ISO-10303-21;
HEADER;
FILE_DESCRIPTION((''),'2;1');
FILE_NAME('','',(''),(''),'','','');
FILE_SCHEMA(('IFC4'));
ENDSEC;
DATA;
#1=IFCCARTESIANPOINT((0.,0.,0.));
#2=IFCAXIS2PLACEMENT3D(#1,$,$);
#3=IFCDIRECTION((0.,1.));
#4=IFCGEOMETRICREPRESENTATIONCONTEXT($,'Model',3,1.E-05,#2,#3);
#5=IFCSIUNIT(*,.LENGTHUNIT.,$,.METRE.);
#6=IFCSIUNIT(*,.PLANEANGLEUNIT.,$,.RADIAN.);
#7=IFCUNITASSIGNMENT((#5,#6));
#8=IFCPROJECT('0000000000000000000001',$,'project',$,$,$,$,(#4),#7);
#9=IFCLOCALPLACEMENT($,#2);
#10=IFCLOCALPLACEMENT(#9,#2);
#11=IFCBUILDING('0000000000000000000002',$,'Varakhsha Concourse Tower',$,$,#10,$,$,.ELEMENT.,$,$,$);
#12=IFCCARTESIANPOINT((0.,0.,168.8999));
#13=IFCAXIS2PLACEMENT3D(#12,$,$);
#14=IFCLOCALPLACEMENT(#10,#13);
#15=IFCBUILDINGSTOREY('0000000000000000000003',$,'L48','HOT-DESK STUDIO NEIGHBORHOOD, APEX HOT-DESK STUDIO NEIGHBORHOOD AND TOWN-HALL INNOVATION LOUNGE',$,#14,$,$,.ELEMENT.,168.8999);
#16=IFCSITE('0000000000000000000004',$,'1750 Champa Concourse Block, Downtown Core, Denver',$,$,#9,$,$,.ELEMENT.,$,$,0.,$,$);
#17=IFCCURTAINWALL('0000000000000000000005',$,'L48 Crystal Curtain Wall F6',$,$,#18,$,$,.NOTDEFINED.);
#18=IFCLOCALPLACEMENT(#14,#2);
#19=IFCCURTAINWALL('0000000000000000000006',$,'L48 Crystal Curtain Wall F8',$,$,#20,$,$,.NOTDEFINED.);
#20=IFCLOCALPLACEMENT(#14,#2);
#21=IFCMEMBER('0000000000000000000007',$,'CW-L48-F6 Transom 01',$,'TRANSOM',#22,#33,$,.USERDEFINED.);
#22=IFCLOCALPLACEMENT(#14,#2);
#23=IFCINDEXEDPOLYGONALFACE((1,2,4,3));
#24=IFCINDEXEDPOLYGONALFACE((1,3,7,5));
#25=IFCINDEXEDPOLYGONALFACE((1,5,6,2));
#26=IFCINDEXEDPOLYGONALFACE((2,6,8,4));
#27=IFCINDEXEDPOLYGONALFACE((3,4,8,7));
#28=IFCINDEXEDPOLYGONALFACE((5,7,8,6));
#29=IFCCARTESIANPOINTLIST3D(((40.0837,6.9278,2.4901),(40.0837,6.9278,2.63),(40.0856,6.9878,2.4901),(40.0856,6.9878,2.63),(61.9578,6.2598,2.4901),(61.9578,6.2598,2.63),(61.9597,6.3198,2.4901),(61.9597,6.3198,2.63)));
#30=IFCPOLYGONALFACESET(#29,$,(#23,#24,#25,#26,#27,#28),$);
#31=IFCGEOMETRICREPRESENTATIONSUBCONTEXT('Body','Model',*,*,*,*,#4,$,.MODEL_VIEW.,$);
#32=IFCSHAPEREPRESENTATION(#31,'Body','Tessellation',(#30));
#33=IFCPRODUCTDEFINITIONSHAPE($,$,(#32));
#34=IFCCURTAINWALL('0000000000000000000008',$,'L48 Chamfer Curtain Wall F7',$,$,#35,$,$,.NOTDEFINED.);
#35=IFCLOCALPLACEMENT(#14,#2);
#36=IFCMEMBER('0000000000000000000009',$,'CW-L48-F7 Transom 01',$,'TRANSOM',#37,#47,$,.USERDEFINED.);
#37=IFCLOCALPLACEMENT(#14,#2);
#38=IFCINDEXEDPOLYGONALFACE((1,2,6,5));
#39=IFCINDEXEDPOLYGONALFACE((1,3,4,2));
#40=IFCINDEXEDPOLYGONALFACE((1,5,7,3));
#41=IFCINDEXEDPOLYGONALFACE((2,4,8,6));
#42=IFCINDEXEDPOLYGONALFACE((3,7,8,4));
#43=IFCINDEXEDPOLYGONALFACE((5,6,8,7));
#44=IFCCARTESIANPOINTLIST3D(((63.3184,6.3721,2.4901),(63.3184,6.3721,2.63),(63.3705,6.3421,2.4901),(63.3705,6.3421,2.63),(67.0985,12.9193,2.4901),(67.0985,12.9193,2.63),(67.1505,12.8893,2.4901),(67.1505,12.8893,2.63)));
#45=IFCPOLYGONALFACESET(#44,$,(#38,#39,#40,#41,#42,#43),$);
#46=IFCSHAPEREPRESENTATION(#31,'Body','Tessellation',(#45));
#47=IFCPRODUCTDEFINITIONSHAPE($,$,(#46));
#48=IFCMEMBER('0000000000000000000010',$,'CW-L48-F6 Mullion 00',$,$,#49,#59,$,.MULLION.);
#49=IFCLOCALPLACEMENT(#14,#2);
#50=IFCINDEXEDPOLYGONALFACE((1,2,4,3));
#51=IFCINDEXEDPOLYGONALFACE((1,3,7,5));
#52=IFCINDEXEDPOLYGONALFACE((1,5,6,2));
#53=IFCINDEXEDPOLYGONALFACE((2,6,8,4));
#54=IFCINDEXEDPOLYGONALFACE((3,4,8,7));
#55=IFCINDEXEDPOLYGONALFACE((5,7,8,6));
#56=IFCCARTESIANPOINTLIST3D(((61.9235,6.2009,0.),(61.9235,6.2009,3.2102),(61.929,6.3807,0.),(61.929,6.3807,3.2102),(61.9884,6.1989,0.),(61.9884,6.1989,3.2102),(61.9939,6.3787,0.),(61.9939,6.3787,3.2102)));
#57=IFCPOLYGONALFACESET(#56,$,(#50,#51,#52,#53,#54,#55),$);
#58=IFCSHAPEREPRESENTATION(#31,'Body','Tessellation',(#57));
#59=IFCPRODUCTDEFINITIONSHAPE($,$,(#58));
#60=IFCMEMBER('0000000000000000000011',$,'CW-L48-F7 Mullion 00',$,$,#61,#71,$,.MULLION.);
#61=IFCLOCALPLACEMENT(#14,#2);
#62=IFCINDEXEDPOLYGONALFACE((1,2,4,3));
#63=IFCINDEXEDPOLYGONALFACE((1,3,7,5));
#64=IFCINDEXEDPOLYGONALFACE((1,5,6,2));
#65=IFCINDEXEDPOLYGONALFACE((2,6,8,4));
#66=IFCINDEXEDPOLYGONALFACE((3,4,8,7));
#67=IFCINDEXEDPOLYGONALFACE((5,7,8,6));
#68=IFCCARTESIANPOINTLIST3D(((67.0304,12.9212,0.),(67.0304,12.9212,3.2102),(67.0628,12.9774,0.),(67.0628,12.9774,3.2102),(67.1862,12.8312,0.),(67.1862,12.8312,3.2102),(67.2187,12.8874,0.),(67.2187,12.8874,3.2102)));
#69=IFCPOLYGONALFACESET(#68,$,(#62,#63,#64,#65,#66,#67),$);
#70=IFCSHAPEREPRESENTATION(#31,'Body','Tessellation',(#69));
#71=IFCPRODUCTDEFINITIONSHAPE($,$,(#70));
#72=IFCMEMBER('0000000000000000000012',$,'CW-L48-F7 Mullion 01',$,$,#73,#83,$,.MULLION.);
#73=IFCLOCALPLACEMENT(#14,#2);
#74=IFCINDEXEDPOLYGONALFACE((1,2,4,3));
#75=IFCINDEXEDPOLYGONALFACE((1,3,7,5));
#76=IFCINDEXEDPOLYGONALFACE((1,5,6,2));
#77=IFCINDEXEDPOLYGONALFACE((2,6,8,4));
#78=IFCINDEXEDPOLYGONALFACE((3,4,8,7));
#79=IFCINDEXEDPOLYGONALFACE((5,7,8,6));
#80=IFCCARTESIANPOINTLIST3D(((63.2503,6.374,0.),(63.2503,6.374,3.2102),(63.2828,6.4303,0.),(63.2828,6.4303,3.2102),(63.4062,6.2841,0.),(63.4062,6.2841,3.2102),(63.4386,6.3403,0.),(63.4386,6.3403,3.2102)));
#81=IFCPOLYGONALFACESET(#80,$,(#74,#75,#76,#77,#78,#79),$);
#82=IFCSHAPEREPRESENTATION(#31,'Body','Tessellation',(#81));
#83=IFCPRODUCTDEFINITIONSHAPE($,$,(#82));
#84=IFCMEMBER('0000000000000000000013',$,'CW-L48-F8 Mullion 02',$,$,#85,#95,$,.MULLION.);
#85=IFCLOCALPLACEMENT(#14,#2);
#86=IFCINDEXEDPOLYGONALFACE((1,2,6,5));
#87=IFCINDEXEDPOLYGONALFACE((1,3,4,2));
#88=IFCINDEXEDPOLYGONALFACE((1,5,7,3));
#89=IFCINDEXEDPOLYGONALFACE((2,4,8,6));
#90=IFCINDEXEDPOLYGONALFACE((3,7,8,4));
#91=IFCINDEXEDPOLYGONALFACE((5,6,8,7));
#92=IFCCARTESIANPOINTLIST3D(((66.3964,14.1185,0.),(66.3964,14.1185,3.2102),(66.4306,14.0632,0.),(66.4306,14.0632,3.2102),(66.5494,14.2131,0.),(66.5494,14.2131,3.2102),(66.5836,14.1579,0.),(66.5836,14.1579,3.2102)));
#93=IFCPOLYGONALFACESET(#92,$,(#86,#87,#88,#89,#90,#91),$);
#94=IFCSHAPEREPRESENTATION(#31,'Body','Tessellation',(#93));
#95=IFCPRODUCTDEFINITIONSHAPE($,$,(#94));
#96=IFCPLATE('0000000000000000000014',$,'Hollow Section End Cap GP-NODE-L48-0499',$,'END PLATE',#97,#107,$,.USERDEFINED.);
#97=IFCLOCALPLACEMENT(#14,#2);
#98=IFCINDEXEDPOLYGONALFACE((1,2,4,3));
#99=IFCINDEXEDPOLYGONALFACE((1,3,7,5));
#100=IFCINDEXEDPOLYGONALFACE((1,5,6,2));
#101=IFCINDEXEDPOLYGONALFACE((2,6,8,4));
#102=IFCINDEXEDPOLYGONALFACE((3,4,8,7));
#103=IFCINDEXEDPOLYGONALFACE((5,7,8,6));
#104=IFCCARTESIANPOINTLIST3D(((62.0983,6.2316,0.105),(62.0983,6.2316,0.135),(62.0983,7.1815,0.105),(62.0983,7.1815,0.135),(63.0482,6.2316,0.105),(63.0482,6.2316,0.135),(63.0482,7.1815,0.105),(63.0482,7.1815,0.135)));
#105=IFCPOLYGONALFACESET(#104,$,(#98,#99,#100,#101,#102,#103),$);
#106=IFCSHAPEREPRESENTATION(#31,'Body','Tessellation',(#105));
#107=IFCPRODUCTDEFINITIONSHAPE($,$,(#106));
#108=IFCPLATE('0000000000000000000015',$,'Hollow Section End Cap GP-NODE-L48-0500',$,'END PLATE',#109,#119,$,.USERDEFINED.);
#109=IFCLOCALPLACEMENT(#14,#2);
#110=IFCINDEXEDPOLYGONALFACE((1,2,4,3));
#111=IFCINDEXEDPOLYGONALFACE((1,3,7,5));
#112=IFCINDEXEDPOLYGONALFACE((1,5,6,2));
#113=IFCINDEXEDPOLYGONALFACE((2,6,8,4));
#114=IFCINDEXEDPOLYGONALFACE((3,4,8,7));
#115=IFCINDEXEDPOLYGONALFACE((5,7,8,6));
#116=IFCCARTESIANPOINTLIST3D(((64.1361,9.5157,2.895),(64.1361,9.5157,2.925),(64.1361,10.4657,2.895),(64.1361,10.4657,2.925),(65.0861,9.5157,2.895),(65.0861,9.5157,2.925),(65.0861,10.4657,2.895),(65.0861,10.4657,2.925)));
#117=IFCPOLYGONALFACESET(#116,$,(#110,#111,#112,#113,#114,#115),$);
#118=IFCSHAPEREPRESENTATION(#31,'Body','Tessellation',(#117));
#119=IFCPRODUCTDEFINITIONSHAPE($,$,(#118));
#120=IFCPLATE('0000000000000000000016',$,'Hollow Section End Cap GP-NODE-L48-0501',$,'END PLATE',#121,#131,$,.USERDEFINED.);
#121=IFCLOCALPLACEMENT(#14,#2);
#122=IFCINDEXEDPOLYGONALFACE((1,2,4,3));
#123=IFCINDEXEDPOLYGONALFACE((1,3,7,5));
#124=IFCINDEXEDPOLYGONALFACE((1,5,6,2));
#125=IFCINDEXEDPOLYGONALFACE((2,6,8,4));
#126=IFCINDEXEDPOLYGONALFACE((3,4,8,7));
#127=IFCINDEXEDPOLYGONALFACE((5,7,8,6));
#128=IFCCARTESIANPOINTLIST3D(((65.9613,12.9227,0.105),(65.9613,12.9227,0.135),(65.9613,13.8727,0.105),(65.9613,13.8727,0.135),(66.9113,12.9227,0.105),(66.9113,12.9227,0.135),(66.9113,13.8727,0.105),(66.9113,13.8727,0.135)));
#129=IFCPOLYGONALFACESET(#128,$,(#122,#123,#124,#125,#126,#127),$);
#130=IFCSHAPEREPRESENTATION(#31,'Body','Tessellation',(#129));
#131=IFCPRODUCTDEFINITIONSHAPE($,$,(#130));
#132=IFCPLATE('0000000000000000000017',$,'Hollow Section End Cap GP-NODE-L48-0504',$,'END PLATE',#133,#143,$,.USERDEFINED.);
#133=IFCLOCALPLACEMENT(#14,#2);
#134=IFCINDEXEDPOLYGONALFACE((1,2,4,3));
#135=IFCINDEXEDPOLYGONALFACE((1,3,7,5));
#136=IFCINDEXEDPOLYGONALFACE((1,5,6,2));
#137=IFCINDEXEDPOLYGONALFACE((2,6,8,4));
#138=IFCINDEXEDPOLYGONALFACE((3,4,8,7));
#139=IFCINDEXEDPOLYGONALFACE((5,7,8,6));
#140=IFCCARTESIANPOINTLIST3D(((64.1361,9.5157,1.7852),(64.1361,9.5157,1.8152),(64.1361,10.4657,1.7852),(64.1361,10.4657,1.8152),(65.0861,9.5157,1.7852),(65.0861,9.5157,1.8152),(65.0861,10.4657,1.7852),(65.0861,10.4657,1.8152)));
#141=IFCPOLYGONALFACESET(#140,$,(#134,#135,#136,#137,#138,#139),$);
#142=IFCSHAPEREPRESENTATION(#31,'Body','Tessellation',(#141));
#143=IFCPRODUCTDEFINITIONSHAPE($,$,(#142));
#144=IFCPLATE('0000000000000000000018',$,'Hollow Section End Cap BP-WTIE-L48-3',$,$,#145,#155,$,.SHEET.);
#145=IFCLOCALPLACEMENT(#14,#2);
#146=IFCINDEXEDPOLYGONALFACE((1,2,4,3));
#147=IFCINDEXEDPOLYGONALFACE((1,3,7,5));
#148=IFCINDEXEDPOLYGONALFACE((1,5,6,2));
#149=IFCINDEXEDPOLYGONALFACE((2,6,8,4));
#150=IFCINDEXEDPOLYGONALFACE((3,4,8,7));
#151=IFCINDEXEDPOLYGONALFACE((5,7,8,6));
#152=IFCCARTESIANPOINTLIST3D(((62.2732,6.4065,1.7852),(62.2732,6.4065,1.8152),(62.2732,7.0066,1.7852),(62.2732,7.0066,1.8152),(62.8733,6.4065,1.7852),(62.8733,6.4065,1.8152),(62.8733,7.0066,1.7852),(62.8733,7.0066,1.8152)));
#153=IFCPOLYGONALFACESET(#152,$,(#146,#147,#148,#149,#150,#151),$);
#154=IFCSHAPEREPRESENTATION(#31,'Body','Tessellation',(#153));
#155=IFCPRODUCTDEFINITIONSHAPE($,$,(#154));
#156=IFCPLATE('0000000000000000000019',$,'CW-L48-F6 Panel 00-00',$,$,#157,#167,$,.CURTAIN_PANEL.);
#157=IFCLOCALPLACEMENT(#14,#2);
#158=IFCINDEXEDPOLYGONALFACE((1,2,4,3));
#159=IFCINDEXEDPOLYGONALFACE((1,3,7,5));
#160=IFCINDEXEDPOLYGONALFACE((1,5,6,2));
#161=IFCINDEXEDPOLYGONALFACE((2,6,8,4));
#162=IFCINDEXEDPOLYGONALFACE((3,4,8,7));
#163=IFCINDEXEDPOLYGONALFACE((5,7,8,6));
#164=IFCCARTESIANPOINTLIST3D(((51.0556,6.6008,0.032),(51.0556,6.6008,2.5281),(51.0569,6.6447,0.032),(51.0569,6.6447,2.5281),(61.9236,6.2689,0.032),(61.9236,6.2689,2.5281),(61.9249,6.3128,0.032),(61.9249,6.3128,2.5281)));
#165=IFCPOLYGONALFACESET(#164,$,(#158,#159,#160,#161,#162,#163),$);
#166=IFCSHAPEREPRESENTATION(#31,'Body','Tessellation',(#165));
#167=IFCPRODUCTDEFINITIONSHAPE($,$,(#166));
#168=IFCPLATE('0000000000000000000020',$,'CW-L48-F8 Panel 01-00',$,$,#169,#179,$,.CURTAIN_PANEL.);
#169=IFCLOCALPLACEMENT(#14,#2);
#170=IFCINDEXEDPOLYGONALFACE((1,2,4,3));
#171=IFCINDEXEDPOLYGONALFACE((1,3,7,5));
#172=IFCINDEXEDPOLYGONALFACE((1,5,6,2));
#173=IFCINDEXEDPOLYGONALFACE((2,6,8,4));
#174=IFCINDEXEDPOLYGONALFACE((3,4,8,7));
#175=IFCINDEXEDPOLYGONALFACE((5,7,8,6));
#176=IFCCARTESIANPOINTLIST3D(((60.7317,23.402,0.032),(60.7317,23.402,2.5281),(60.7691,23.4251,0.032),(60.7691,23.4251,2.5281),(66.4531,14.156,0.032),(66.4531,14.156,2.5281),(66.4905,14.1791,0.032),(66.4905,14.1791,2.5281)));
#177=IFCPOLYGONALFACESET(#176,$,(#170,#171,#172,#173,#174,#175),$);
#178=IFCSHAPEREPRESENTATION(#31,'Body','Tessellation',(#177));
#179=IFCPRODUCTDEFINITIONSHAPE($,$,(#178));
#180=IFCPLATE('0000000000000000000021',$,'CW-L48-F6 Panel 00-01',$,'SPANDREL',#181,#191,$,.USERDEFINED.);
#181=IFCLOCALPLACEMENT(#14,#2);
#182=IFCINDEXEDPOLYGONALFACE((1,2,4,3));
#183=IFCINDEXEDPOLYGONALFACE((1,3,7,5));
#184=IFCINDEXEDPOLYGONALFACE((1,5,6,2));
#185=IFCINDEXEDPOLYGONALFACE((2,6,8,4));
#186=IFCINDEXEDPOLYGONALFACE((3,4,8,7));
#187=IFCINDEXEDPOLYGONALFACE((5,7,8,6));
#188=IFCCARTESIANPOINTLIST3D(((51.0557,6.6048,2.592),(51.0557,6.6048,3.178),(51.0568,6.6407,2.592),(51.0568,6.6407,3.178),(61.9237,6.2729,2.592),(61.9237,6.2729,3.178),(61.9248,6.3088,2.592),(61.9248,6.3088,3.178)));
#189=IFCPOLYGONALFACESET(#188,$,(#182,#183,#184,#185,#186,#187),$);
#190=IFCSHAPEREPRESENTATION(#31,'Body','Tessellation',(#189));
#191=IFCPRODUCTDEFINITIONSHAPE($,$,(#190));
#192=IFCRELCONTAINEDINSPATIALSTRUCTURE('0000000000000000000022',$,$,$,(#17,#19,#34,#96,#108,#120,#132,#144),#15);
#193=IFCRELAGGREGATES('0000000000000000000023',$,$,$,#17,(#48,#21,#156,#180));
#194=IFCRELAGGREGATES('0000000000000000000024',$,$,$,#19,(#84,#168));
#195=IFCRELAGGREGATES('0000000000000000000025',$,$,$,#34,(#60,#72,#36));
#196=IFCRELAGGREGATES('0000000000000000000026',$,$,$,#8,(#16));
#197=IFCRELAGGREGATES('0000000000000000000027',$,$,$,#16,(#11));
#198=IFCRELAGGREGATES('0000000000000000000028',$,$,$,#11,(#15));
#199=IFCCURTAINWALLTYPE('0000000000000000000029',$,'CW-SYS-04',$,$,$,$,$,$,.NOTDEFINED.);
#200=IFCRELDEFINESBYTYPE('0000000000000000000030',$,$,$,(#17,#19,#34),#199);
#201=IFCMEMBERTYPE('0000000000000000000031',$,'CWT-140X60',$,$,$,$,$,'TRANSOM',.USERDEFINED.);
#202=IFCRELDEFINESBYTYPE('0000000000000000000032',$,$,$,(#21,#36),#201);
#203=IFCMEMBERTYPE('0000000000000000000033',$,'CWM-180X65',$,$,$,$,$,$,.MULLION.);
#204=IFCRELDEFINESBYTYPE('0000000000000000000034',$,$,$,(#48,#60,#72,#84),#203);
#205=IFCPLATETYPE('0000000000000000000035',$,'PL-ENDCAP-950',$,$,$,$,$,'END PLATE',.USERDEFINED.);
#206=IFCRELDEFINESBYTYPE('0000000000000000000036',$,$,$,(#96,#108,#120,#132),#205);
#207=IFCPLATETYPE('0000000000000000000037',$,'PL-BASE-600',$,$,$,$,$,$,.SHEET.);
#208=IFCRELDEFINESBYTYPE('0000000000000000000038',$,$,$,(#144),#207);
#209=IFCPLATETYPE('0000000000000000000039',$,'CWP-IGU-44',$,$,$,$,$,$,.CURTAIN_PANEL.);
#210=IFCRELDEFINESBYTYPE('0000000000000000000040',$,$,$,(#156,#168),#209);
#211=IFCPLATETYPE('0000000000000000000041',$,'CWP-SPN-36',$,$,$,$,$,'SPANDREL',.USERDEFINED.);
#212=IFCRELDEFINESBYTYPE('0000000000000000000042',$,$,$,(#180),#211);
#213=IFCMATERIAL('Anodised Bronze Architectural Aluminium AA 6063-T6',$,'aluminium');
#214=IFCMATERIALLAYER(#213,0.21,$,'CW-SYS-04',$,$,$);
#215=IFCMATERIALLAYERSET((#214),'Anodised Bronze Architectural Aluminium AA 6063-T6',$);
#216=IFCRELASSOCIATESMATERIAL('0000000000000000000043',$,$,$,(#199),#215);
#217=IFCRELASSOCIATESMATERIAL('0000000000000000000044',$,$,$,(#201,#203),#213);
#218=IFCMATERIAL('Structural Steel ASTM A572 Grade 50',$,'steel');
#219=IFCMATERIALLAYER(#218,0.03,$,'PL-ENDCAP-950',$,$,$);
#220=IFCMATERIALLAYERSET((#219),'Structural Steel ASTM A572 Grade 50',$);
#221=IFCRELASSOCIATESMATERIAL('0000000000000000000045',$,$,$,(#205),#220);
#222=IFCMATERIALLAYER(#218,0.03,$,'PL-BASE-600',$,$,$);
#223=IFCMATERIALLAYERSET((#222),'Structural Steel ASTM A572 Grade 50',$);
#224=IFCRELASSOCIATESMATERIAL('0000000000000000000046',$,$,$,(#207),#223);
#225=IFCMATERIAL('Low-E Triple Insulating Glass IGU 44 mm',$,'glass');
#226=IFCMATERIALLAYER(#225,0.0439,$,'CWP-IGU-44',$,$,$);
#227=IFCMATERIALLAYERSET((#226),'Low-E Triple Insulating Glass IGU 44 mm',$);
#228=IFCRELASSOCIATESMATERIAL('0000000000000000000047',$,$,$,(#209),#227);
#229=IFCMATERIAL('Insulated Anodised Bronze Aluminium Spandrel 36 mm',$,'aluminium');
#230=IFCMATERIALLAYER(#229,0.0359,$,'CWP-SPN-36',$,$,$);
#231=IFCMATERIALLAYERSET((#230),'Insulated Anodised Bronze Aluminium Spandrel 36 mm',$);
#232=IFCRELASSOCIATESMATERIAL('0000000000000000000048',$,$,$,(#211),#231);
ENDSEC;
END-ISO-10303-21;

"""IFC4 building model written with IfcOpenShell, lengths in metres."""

from ifc_helpers import new_model, si_unit, direction, frame, origin, origin_2d, place, context, subcontext, project, spatial, rectangle, extrude, source, transform, mapped, material, layer, layer_set, material_profile, profile_set, type_object, type_shapes, element, aggregate, save


model = new_model("IFC4")

# Units and contexts
model_context = context("Model", 3, precision=1e-05, world=origin(), true_north=direction((0.0, 1.0)))
body_context = subcontext(model_context, "Body", "Model", "MODEL_VIEW")
ifc_project = project(units=[si_unit("LENGTHUNIT", "METRE"), si_unit("PLANEANGLEUNIT", "RADIAN")], contexts=[model_context])

# Site, building, storey
site_placement = place(None, origin())
site = spatial("IfcSite", under=ifc_project, at=site_placement, Name="1750 Champa Concourse Block, Downtown Core, Denver", CompositionType="ELEMENT", RefElevation=0.0)
building_placement = place(site_placement, origin())
building = spatial("IfcBuilding", under=site, at=building_placement, Name="Varakhsha Concourse Tower", CompositionType="ELEMENT")
storey_placement = place(building_placement, frame((0.0, 0.0, 168.8999)))
storey = spatial("IfcBuildingStorey", under=building, at=storey_placement, Name="L48", Description="HOT-DESK STUDIO NEIGHBORHOOD, APEX HOT-DESK STUDIO NEIGHBORHOOD AND TOWN-HALL INNOVATION LOUNGE", CompositionType="ELEMENT", Elevation=168.8999)

# Shared definitions
ifc_material_1 = material(Name="Structural Steel ASTM A572 Grade 50", Category="steel")

# Curtain walls
ifc_material_2 = material(Name="Anodised Bronze Architectural Aluminium AA 6063-T6", Category="aluminium")
ifc_layer_1 = layer(ifc_material_2, 0.21, Name="CW-SYS-04")
ifc_layer_set_1 = layer_set([ifc_layer_1], Name="Anodised Bronze Architectural Aluminium AA 6063-T6")
curtain_wall_type = type_object("IfcCurtainWallType", Name="CW-SYS-04", PredefinedType="NOTDEFINED", material=ifc_layer_set_1)
curtain_wall_1_placement = place(storey_placement, origin())
curtain_wall_1 = element("IfcCurtainWall", 1, at=curtain_wall_1_placement, inside=storey, type_object=curtain_wall_type, Name="L48 Crystal Curtain Wall F6", PredefinedType="NOTDEFINED")
curtain_wall_2_placement = place(storey_placement, origin())
curtain_wall_2 = element("IfcCurtainWall", 2, at=curtain_wall_2_placement, inside=storey, type_object=curtain_wall_type, Name="L48 Crystal Curtain Wall F8", PredefinedType="NOTDEFINED")

# Member
ifc_material_profile_1 = material_profile(ifc_material_2, rectangle(XDim=0.0601, YDim=0.1399, at=origin_2d()), Name="CWT-140X60")
ifc_profile_set_1 = profile_set([ifc_material_profile_1], Name="Anodised Bronze Architectural Aluminium AA 6063-T6")
member_type_1 = type_object("IfcMemberType", Name="CWT-140X60", ElementType="TRANSOM", PredefinedType="USERDEFINED", material=ifc_profile_set_1)
shared_shape_1 = source(origin(), body_context, "Body", "SweptSolid", [
    extrude(rectangle(XDim=0.0601, YDim=0.1399, at=origin_2d()), origin(), (0.0, 0.0, 1.0), 21.8843),
])
member_1_placement = place(storey_placement, frame((61.9587, 6.2898, 2.5601), z_axis=(-0.999534, 0.030523, 0.0), x_axis=(-0.030523, -0.999534, 0.0)))
member_1 = element("IfcMember", 3, at=member_1_placement, type_object=member_type_1, Name="CW-L48-F6 Transom 01", ObjectType="TRANSOM", PredefinedType="USERDEFINED", context=body_context, shape_type="MappedRepresentation", body=[
    mapped(shared_shape_1, transform((0.0, 0.0, 0.0), scale=1.0)),
])

# Curtain wall, member
curtain_wall_3_placement = place(storey_placement, origin())
curtain_wall_3 = element("IfcCurtainWall", 4, at=curtain_wall_3_placement, inside=storey, type_object=curtain_wall_type, Name="L48 Chamfer Curtain Wall F7", PredefinedType="NOTDEFINED")
shared_shape_2 = source(origin(), body_context, "Body", "SweptSolid", [
    extrude(rectangle(XDim=0.0601, YDim=0.1399, at=origin_2d()), origin(), (0.0, 0.0, 1.0), 7.5601),
])
type_shapes(member_type_1, [shared_shape_1, shared_shape_2])
member_2_placement = place(storey_placement, frame((67.1245, 12.9043, 2.5601), z_axis=(-0.500005, -0.866023, 0.0), x_axis=(0.866023, -0.500005, 0.0)))
member_2 = element("IfcMember", 5, at=member_2_placement, type_object=member_type_1, Name="CW-L48-F7 Transom 01", ObjectType="TRANSOM", PredefinedType="USERDEFINED", context=body_context, shape_type="MappedRepresentation", body=[
    mapped(shared_shape_2, transform((0.0, 0.0, 0.0), scale=1.0)),
])

# Members
ifc_material_profile_2 = material_profile(ifc_material_2, rectangle(XDim=0.0649, YDim=0.1799, at=origin_2d()), Name="CWM-180X65")
ifc_profile_set_2 = profile_set([ifc_material_profile_2], Name="Anodised Bronze Architectural Aluminium AA 6063-T6")
member_type_2 = type_object("IfcMemberType", Name="CWM-180X65", PredefinedType="MULLION", material=ifc_profile_set_2)
shared_shape_3 = source(origin(), body_context, "Body", "SweptSolid", [
    extrude(rectangle(XDim=0.0649, YDim=0.1799, at=origin_2d()), origin(), (0.0, 0.0, 1.0), 3.2102),
])
type_shapes(member_type_2, [shared_shape_3])
member_3_placement = place(storey_placement, frame((61.9587, 6.2898, 0.0), z_axis=(0.0, 0.0, 1.0), x_axis=(-0.999534, 0.030525, 0.0)))
member_3 = element("IfcMember", 6, at=member_3_placement, type_object=member_type_2, Name="CW-L48-F6 Mullion 00", PredefinedType="MULLION", context=body_context, shape_type="MappedRepresentation", body=[
    mapped(shared_shape_3, transform((0.0, 0.0, 0.0), scale=1.0)),
])
member_4_placement = place(storey_placement, frame((67.1245, 12.9043, 0.0), z_axis=(0.0, 0.0, 1.0), x_axis=(-0.499991, -0.866031, 0.0)))
member_4 = element("IfcMember", 7, at=member_4_placement, type_object=member_type_2, Name="CW-L48-F7 Mullion 00", PredefinedType="MULLION", context=body_context, shape_type="MappedRepresentation", body=[
    mapped(shared_shape_3, transform((0.0, 0.0, 0.0), scale=1.0)),
])
member_5_placement = place(storey_placement, frame((63.3445, 6.3572, 0.0), z_axis=(0.0, 0.0, 1.0), x_axis=(-0.499991, -0.866031, 0.0)))
member_5 = element("IfcMember", 8, at=member_5_placement, type_object=member_type_2, Name="CW-L48-F7 Mullion 01", PredefinedType="MULLION", context=body_context, shape_type="MappedRepresentation", body=[
    mapped(shared_shape_3, transform((0.0, 0.0, 0.0), scale=1.0)),
])
member_6_placement = place(storey_placement, frame((66.49, 14.1382, 0.0), z_axis=(0.0, 0.0, 1.0), x_axis=(0.526199, -0.850361, 0.0)))
member_6 = element("IfcMember", 9, at=member_6_placement, type_object=member_type_2, Name="CW-L48-F8 Mullion 02", PredefinedType="MULLION", context=body_context, shape_type="MappedRepresentation", body=[
    mapped(shared_shape_3, transform((0.0, 0.0, 0.0), scale=1.0)),
])

# Plates
ifc_layer_2 = layer(ifc_material_1, 0.03, Name="PL-ENDCAP-950")
ifc_layer_set_2 = layer_set([ifc_layer_2], Name="Structural Steel ASTM A572 Grade 50")
plate_type_1 = type_object("IfcPlateType", Name="PL-ENDCAP-950", ElementType="END PLATE", PredefinedType="USERDEFINED", material=ifc_layer_set_2)
shared_shape_4 = source(origin(), body_context, "Body", "SweptSolid", [
    extrude(rectangle(XDim=0.95, YDim=0.95, at=origin_2d()), origin(), (0.0, 0.0, 1.0), 0.03),
])
type_shapes(plate_type_1, [shared_shape_4])
for number, where, z_axis, x_axis, name in (
    (10, (62.5732, 6.7065, 0.105), (0.0, 0.0, 1.0), (1.0, 0.0, 0.0), "Hollow Section End Cap GP-NODE-L48-0499"),
    (11, (64.6111, 9.9907, 2.895), (0.0, 0.0, 1.0), (1.0, 0.0, 0.0), "Hollow Section End Cap GP-NODE-L48-0500"),
    (12, (66.4363, 13.3977, 0.105), (0.0, 0.0, 1.0), (1.0, 0.0, 0.0), "Hollow Section End Cap GP-NODE-L48-0501"),
    (13, (64.6111, 9.9907, 1.7852), (0.0, 0.0, 1.0), (1.0, 0.0, 0.0), "Hollow Section End Cap GP-NODE-L48-0504"),
):
    element("IfcPlate", number, at=place(storey_placement, frame(where, z_axis=z_axis, x_axis=x_axis)), inside=storey, type_object=plate_type_1, Name=name, ObjectType="END PLATE", PredefinedType="USERDEFINED", context=body_context, shape_type="MappedRepresentation", body=[
        mapped(shared_shape_4, transform((0.0, 0.0, 0.0), scale=1.0)),
    ])
ifc_layer_3 = layer(ifc_material_1, 0.03, Name="PL-BASE-600")
ifc_layer_set_3 = layer_set([ifc_layer_3], Name="Structural Steel ASTM A572 Grade 50")
plate_type_2 = type_object("IfcPlateType", Name="PL-BASE-600", PredefinedType="SHEET", material=ifc_layer_set_3)
shared_shape_5 = source(origin(), body_context, "Body", "SweptSolid", [
    extrude(rectangle(XDim=0.6001, YDim=0.6001, at=origin_2d()), origin(), (0.0, 0.0, 1.0), 0.03),
])
type_shapes(plate_type_2, [shared_shape_5])
plate_1_placement = place(storey_placement, frame((62.5732, 6.7065, 1.7852), z_axis=(0.0, 0.0, 1.0), x_axis=(1.0, 0.0, 0.0)))
element("IfcPlate", 14, at=plate_1_placement, inside=storey, type_object=plate_type_2, Name="Hollow Section End Cap BP-WTIE-L48-3", PredefinedType="SHEET", context=body_context, shape_type="MappedRepresentation", body=[
    mapped(shared_shape_5, transform((0.0, 0.0, 0.0), scale=1.0)),
])

# Plates
ifc_material_3 = material(Name="Low-E Triple Insulating Glass IGU 44 mm", Category="glass")
ifc_layer_4 = layer(ifc_material_3, 0.0439, Name="CWP-IGU-44")
ifc_layer_set_4 = layer_set([ifc_layer_4], Name="Low-E Triple Insulating Glass IGU 44 mm")
plate_type_3 = type_object("IfcPlateType", Name="CWP-IGU-44", PredefinedType="CURTAIN_PANEL", material=ifc_layer_set_4)
shared_shape_6 = source(origin(), body_context, "Body", "SweptSolid", [
    extrude(rectangle(XDim=10.873, YDim=0.0439, at=origin_2d()), origin(), (0.0, 0.0, 1.0), 2.4961),
])
type_shapes(plate_type_3, [shared_shape_6])
plate_2_placement = place(storey_placement, frame((56.4902, 6.4568, 0.032), z_axis=(0.0, 0.0, 1.0), x_axis=(-0.999534, 0.030525, 0.0)))
plate_2 = element("IfcPlate", 15, at=plate_2_placement, type_object=plate_type_3, Name="CW-L48-F6 Panel 00-00", PredefinedType="CURTAIN_PANEL", context=body_context, shape_type="MappedRepresentation", body=[
    mapped(shared_shape_6, transform((0.0, 0.0, 0.0), scale=1.0)),
])
plate_3_placement = place(storey_placement, frame((63.6111, 18.7905, 0.032), z_axis=(0.0, 0.0, 1.0), x_axis=(0.526199, -0.850361, 0.0)))
plate_3 = element("IfcPlate", 16, at=plate_3_placement, type_object=plate_type_3, Name="CW-L48-F8 Panel 01-00", PredefinedType="CURTAIN_PANEL", context=body_context, shape_type="MappedRepresentation", body=[
    mapped(shared_shape_6, transform((0.0, 0.0, 0.0), scale=1.0)),
])
ifc_material_4 = material(Name="Insulated Anodised Bronze Aluminium Spandrel 36 mm", Category="aluminium")
ifc_layer_5 = layer(ifc_material_4, 0.0359, Name="CWP-SPN-36")
ifc_layer_set_5 = layer_set([ifc_layer_5], Name="Insulated Anodised Bronze Aluminium Spandrel 36 mm")
plate_type_4 = type_object("IfcPlateType", Name="CWP-SPN-36", ElementType="SPANDREL", PredefinedType="USERDEFINED", material=ifc_layer_set_5)
shared_shape_7 = source(origin(), body_context, "Body", "SweptSolid", [
    extrude(rectangle(XDim=10.873, YDim=0.0359, at=origin_2d()), origin(), (0.0, 0.0, 1.0), 0.5859),
])
plate_4_placement = place(storey_placement, frame((56.4902, 6.4568, 2.592), z_axis=(0.0, 0.0, 1.0), x_axis=(-0.999534, 0.030525, 0.0)))
plate_4 = element("IfcPlate", 17, at=plate_4_placement, type_object=plate_type_4, Name="CW-L48-F6 Panel 00-01", ObjectType="SPANDREL", PredefinedType="USERDEFINED", context=body_context, shape_type="MappedRepresentation", body=[
    mapped(shared_shape_7, transform((0.0, 0.0, 0.0), scale=1.0)),
])
aggregate(curtain_wall_1, [member_3, member_1, plate_2, plate_4])
aggregate(curtain_wall_2, [member_6, plate_3])
aggregate(curtain_wall_3, [member_4, member_5, member_2])

save(model, "model.ifc")
